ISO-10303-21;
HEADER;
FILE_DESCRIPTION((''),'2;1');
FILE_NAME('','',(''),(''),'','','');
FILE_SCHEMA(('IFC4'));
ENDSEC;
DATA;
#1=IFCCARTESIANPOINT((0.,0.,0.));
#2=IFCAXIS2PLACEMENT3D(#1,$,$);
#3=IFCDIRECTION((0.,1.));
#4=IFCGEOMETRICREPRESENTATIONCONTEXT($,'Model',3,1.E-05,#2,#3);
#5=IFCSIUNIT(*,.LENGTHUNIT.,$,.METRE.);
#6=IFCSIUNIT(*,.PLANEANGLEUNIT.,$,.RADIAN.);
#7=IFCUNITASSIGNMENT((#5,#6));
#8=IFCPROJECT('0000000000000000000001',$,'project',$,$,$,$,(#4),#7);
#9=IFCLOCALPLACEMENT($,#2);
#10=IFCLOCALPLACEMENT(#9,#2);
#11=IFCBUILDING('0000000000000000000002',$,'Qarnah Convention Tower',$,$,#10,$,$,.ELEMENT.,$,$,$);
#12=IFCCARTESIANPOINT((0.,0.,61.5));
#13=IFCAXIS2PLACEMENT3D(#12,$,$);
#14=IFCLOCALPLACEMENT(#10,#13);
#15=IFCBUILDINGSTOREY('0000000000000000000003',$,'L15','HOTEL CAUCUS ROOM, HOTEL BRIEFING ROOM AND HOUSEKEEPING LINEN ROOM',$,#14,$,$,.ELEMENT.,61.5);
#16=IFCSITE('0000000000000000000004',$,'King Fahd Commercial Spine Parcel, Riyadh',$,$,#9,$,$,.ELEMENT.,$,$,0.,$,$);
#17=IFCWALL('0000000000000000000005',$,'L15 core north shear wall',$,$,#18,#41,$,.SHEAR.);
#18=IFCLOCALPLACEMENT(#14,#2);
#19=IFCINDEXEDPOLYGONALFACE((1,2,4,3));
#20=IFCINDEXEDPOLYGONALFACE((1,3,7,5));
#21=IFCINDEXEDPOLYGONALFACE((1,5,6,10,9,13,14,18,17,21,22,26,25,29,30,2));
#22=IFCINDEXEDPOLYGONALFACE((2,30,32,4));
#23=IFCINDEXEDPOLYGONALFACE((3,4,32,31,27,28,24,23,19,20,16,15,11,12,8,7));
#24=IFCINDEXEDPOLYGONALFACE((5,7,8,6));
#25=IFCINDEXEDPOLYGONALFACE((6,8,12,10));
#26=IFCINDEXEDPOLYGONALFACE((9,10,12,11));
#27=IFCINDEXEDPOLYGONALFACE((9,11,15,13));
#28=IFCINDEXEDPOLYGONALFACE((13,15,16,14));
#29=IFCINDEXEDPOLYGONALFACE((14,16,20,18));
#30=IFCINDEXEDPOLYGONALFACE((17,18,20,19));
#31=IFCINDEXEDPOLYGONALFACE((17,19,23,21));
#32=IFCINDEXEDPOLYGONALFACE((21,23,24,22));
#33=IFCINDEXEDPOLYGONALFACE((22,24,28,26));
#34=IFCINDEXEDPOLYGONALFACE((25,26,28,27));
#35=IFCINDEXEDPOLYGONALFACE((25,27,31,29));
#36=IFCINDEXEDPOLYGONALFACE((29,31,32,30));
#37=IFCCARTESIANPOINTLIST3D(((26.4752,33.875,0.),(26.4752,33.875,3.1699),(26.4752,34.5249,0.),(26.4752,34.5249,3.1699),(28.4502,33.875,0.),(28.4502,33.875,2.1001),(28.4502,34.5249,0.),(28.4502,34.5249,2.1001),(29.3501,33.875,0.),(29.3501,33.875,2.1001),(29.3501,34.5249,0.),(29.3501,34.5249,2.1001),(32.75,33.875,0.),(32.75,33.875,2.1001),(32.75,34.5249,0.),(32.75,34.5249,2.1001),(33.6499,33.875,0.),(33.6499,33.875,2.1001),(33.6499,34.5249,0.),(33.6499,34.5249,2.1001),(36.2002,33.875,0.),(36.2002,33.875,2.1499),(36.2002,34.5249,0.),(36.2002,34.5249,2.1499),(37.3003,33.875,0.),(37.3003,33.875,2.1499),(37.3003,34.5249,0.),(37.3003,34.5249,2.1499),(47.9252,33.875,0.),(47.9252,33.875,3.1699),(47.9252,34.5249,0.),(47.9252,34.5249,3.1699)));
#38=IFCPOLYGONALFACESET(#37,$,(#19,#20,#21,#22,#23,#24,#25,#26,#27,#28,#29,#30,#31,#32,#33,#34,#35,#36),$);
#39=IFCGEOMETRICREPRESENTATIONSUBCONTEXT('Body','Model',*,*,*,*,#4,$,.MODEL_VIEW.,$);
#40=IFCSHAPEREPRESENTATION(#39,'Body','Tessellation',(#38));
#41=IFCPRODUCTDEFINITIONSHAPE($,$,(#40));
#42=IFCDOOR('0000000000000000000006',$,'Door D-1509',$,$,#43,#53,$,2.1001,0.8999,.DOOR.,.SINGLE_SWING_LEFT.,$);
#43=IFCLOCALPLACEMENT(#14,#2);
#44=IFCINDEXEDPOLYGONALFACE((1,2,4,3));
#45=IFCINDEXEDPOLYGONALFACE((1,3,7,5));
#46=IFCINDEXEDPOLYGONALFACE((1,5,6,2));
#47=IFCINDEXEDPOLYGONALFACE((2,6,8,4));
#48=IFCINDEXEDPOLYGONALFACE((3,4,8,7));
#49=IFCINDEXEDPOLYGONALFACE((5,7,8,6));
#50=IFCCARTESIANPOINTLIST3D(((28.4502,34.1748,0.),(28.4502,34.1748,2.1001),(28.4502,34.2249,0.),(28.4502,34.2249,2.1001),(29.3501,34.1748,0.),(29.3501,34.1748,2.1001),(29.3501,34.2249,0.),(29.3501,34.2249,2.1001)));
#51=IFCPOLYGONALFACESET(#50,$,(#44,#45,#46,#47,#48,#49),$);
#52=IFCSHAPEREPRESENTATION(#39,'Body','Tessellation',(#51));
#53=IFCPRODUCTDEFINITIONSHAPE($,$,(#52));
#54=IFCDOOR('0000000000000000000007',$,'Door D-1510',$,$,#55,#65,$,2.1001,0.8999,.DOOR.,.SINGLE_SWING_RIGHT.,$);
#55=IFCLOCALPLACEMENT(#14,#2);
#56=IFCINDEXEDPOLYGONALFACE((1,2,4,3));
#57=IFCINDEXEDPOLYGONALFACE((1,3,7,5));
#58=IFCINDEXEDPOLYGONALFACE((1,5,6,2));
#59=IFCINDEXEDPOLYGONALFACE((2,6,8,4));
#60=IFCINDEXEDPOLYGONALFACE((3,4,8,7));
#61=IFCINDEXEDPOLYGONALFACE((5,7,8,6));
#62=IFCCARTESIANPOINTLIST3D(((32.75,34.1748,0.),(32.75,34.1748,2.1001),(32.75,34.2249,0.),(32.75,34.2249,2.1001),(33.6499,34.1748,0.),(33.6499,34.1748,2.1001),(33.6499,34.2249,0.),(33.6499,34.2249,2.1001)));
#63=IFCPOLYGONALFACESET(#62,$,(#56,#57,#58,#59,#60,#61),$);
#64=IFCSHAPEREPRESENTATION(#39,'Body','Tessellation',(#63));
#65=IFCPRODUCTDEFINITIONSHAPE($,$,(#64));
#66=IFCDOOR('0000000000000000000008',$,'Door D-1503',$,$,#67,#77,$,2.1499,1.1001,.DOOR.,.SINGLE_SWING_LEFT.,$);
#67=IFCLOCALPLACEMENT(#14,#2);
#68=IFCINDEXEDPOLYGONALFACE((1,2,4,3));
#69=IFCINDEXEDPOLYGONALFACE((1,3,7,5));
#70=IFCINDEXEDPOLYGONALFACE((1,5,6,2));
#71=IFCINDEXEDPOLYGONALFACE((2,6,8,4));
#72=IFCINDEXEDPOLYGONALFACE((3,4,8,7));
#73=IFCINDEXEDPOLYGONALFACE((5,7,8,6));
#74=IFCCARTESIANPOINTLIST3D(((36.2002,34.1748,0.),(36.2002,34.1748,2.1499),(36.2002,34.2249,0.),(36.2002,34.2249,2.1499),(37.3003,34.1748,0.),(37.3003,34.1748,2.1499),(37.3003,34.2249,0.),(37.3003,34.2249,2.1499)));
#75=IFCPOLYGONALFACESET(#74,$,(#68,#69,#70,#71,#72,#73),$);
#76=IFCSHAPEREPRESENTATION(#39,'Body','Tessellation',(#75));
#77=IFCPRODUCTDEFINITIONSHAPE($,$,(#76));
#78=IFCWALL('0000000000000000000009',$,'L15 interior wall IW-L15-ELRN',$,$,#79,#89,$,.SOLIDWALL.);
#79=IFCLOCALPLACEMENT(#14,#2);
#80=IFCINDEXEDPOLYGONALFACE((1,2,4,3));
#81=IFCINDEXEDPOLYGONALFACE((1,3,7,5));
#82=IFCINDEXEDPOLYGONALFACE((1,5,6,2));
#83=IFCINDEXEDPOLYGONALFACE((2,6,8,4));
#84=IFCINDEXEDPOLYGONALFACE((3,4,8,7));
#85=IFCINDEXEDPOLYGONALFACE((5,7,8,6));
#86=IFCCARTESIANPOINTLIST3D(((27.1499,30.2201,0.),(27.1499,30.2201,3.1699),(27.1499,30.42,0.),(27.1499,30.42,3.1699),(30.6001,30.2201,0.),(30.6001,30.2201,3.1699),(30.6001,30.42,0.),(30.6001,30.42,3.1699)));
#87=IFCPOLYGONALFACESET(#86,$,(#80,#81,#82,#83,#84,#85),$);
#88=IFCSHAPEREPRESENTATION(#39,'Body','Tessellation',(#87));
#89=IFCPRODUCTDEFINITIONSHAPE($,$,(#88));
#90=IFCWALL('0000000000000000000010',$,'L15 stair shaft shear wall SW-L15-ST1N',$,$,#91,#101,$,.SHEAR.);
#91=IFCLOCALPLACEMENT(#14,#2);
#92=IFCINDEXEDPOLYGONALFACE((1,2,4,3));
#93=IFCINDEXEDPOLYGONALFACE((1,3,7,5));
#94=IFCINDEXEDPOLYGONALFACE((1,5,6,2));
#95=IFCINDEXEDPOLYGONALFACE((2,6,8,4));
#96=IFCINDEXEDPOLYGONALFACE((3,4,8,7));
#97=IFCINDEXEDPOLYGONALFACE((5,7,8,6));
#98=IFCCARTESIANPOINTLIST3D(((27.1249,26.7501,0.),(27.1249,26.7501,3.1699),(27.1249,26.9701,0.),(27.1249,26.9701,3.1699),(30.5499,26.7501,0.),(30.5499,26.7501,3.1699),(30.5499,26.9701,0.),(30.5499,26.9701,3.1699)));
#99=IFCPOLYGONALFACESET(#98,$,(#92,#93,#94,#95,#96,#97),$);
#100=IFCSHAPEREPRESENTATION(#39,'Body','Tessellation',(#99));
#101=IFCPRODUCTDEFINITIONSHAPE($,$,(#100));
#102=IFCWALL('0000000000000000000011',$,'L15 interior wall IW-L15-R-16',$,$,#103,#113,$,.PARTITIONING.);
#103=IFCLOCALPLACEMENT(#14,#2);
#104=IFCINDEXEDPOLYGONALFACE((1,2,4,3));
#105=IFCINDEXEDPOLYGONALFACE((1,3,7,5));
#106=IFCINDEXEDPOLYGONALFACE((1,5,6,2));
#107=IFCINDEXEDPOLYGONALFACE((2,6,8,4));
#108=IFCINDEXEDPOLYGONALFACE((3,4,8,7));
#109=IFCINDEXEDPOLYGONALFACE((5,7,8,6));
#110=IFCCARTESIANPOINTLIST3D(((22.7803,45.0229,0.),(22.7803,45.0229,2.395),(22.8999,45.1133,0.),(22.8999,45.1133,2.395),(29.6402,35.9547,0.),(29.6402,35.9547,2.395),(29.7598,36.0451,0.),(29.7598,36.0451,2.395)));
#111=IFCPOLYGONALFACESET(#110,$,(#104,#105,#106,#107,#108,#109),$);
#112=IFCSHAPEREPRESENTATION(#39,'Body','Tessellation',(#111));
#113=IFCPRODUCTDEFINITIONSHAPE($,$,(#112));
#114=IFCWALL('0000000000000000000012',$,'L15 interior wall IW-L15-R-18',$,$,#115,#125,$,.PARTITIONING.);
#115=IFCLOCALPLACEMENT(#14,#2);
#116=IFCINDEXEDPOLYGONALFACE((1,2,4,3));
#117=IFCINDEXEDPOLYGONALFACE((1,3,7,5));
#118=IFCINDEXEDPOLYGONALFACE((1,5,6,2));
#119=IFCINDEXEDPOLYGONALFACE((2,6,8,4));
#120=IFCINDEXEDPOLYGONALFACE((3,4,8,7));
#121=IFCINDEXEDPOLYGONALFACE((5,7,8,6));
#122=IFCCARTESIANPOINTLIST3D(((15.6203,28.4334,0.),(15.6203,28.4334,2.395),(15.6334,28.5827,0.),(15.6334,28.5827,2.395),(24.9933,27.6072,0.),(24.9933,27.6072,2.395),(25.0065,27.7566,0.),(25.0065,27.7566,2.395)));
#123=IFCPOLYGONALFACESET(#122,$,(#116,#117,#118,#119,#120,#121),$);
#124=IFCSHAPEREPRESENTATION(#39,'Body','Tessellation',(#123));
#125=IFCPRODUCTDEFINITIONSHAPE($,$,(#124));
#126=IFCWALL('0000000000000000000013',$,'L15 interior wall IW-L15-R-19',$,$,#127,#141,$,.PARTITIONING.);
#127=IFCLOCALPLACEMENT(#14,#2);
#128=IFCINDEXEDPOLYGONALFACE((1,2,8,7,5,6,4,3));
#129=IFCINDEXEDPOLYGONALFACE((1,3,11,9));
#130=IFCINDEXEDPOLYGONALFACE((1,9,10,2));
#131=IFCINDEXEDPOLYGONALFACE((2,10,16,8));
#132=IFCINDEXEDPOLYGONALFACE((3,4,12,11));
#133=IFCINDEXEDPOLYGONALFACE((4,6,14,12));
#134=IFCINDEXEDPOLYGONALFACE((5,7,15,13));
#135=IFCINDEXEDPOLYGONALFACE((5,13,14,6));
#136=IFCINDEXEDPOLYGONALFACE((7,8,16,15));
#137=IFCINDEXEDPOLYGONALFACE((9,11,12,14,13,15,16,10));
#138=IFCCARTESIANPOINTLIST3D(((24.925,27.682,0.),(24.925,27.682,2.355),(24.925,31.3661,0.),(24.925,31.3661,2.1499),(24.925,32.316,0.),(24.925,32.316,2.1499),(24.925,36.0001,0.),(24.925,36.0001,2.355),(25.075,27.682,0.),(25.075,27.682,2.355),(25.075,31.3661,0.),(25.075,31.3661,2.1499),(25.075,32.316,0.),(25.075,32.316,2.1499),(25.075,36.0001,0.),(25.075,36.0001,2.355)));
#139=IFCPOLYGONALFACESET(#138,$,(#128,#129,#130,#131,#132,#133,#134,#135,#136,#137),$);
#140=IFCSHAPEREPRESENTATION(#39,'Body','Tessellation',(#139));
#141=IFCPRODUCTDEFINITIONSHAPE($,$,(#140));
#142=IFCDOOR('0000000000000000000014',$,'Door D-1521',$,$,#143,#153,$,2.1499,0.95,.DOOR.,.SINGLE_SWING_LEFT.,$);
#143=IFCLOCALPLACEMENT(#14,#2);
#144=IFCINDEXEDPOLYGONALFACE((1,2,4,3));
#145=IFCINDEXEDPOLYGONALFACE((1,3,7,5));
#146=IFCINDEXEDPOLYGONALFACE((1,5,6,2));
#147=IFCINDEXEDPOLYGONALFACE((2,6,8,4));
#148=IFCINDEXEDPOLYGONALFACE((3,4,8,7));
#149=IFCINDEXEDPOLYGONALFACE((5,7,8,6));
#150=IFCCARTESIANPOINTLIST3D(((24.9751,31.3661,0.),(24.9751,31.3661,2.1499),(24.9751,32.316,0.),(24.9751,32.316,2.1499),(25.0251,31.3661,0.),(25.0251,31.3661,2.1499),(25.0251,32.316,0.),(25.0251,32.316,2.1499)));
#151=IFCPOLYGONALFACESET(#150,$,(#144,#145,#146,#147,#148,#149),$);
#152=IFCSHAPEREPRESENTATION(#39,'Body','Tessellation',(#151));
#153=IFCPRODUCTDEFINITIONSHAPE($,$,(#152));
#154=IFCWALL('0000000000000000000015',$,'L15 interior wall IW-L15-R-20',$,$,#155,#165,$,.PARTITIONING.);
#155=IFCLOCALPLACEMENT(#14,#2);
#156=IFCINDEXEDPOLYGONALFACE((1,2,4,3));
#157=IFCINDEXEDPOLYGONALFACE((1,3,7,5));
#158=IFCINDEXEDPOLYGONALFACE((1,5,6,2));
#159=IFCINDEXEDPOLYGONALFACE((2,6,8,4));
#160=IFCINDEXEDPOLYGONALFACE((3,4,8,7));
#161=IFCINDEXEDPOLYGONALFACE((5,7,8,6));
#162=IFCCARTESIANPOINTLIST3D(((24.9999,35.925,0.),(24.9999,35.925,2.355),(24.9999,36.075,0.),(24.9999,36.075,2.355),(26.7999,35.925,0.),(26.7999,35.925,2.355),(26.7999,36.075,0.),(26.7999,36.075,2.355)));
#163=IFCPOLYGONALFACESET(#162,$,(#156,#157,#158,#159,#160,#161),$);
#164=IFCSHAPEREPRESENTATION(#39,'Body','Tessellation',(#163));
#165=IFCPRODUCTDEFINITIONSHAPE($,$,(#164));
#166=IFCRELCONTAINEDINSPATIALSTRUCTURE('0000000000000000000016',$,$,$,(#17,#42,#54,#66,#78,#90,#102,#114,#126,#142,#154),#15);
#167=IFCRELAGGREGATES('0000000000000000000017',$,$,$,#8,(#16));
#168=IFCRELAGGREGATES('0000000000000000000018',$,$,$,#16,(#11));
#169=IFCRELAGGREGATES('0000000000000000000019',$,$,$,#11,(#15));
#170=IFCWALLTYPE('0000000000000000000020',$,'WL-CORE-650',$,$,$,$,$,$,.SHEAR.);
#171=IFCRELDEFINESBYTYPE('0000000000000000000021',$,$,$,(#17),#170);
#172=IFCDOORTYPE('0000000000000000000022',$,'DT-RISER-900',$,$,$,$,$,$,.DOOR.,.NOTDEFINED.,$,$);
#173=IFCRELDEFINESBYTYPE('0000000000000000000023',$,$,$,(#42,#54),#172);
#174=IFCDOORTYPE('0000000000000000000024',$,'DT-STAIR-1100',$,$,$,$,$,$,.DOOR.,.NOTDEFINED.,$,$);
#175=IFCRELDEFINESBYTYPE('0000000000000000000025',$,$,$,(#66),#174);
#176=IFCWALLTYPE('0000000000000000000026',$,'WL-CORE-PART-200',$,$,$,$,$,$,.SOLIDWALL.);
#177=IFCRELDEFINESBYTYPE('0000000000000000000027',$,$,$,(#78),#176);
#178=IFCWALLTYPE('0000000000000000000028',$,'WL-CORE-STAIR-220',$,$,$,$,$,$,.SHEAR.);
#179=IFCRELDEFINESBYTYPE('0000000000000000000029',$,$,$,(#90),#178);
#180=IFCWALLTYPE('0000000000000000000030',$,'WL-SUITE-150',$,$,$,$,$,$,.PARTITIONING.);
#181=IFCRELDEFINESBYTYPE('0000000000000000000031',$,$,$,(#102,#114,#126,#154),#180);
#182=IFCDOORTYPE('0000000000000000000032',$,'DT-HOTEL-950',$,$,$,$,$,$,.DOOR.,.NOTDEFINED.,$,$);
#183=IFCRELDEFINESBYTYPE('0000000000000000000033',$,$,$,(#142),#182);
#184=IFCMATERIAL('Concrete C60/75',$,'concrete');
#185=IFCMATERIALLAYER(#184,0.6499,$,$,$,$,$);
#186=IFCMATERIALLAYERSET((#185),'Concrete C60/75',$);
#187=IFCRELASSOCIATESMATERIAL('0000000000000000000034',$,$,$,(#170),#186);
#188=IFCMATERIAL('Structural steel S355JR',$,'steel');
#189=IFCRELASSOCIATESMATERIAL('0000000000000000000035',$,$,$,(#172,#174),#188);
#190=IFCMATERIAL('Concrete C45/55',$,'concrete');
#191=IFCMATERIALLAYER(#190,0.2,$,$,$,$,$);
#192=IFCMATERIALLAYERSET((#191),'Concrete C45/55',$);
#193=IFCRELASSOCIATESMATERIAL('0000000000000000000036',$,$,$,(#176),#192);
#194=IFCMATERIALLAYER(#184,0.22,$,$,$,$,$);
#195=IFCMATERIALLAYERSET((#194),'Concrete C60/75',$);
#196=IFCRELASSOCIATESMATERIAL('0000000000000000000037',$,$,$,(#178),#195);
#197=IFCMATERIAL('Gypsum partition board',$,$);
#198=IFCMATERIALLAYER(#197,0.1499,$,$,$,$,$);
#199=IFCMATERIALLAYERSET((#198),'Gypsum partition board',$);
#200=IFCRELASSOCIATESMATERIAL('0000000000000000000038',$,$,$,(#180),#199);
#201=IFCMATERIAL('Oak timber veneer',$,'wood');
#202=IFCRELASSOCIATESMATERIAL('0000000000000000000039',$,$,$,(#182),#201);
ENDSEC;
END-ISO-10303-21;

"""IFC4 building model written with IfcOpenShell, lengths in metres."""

from ifc_helpers import new_model, si_unit, direction, frame, frame_2d, origin, place, context, subcontext, project, spatial, rectangle, extrude, material, layer, layer_set, type_object, element, fill, save


model = new_model("IFC4")

# Units and contexts
model_context = context("Model", 3, precision=1e-05, world=origin(), true_north=direction((0.0, 1.0)))
body_context = subcontext(model_context, "Body", "Model", "MODEL_VIEW")
ifc_project = project(units=[si_unit("LENGTHUNIT", "METRE"), si_unit("PLANEANGLEUNIT", "RADIAN")], contexts=[model_context])

# Site, building, storey
site_placement = place(None, origin())
site = spatial("IfcSite", under=ifc_project, at=site_placement, Name="King Fahd Commercial Spine Parcel, Riyadh", CompositionType="ELEMENT", RefElevation=0.0)
building_placement = place(site_placement, origin())
building = spatial("IfcBuilding", under=site, at=building_placement, Name="Qarnah Convention Tower", CompositionType="ELEMENT")
storey_placement = place(building_placement, frame((0.0, 0.0, 61.5)))
storey = spatial("IfcBuildingStorey", under=building, at=storey_placement, Name="L15", Description="HOTEL CAUCUS ROOM, HOTEL BRIEFING ROOM AND HOUSEKEEPING LINEN ROOM", CompositionType="ELEMENT", Elevation=61.5)

# Shared definitions
ifc_material_1 = material(Name="Concrete C60/75", Category="concrete")

# Shared definitions
ifc_material_2 = material(Name="Structural steel S355JR", Category="steel")

# Wall, openings, doors
ifc_layer_1 = layer(ifc_material_1, 0.6499)
ifc_layer_set_1 = layer_set([ifc_layer_1], Name="Concrete C60/75")
wall_type_1 = type_object("IfcWallType", Name="WL-CORE-650", PredefinedType="SHEAR", material=ifc_layer_set_1)
wall_1_placement = place(storey_placement, frame((26.4751, 34.2, 0.0), z_axis=(0.0, 0.0, 1.0), x_axis=(1.0, 0.0, 0.0)))
wall_1 = element("IfcWall", 1, at=wall_1_placement, inside=storey, type_object=wall_type_1, Name="L15 core north shear wall", PredefinedType="SHEAR", context=body_context, shape_type="SweptSolid", body=[
    extrude(rectangle(XDim=21.45, YDim=0.6499, at=frame_2d((10.7251, 0.0))), origin(), (0.0, 0.0, 1.0), 3.1699),
])
opening_1_placement = place(wall_1_placement, frame((9.7251, 0.0, 0.0)))
opening_1 = element("IfcOpeningElement", 2, at=opening_1_placement, cuts=wall_1, PredefinedType="OPENING", context=body_context, shape_type="SweptSolid", body=[
    extrude(rectangle(XDim=1.1001, YDim=2.1499, at=frame_2d((0.55, 1.075))), frame((0.0, 0.335, 0.0), z_axis=(0.0, -1.0, 0.0), x_axis=(1.0, 0.0, 0.0)), (0.0, 0.0, 1.0), 0.6699),
])
opening_2_placement = place(wall_1_placement, frame((1.9751, 0.0, 0.0)))
opening_2 = element("IfcOpeningElement", 3, at=opening_2_placement, cuts=wall_1, PredefinedType="OPENING", context=body_context, shape_type="SweptSolid", body=[
    extrude(rectangle(XDim=0.8999, YDim=2.1001, at=frame_2d((0.45, 1.05))), frame((0.0, 0.335, 0.0), z_axis=(0.0, -1.0, 0.0), x_axis=(1.0, 0.0, 0.0)), (0.0, 0.0, 1.0), 0.6699),
])
opening_3_placement = place(wall_1_placement, frame((6.2749, 0.0, 0.0)))
opening_3 = element("IfcOpeningElement", 4, at=opening_3_placement, cuts=wall_1, PredefinedType="OPENING", context=body_context, shape_type="SweptSolid", body=[
    extrude(rectangle(XDim=0.8999, YDim=2.1001, at=frame_2d((0.45, 1.05))), frame((0.0, 0.335, 0.0), z_axis=(0.0, -1.0, 0.0), x_axis=(1.0, 0.0, 0.0)), (0.0, 0.0, 1.0), 0.6699),
])
door_type_1 = type_object("IfcDoorType", Name="DT-RISER-900", OperationType="NOTDEFINED", PredefinedType="DOOR", material=ifc_material_2)
door_1_placement = place(opening_2_placement, origin())
door_1 = element("IfcDoor", 5, at=door_1_placement, inside=storey, type_object=door_type_1, Name="Door D-1509", OperationType="SINGLE_SWING_LEFT", OverallHeight=2.1001, OverallWidth=0.8999, PredefinedType="DOOR", context=body_context, shape_type="SweptSolid", body=[
    extrude(rectangle(XDim=0.8999, YDim=2.1001, at=frame_2d((0.45, 1.05))), frame((0.0, 0.0249, 0.0), z_axis=(0.0, -1.0, 0.0), x_axis=(1.0, 0.0, 0.0)), (0.0, 0.0, 1.0), 0.05),
])
fill(opening_2, door_1)
door_2_placement = place(opening_3_placement, origin())
door_2 = element("IfcDoor", 6, at=door_2_placement, inside=storey, type_object=door_type_1, Name="Door D-1510", OperationType="SINGLE_SWING_RIGHT", OverallHeight=2.1001, OverallWidth=0.8999, PredefinedType="DOOR", context=body_context, shape_type="SweptSolid", body=[
    extrude(rectangle(XDim=0.8999, YDim=2.1001, at=frame_2d((0.45, 1.05))), frame((0.0, 0.0249, 0.0), z_axis=(0.0, -1.0, 0.0), x_axis=(1.0, 0.0, 0.0)), (0.0, 0.0, 1.0), 0.05),
])
fill(opening_3, door_2)
door_type_2 = type_object("IfcDoorType", Name="DT-STAIR-1100", OperationType="NOTDEFINED", PredefinedType="DOOR", material=ifc_material_2)
door_3_placement = place(opening_1_placement, origin())
door_3 = element("IfcDoor", 7, at=door_3_placement, inside=storey, type_object=door_type_2, Name="Door D-1503", OperationType="SINGLE_SWING_LEFT", OverallHeight=2.1499, OverallWidth=1.1001, PredefinedType="DOOR", context=body_context, shape_type="SweptSolid", body=[
    extrude(rectangle(XDim=1.1001, YDim=2.1499, at=frame_2d((0.55, 1.075))), frame((0.0, 0.0249, 0.0), z_axis=(0.0, -1.0, 0.0), x_axis=(1.0, 0.0, 0.0)), (0.0, 0.0, 1.0), 0.05),
])
fill(opening_1, door_3)

# Walls
ifc_material_3 = material(Name="Concrete C45/55", Category="concrete")
ifc_layer_2 = layer(ifc_material_3, 0.2)
ifc_layer_set_2 = layer_set([ifc_layer_2], Name="Concrete C45/55")
wall_type_2 = type_object("IfcWallType", Name="WL-CORE-PART-200", PredefinedType="SOLIDWALL", material=ifc_layer_set_2)
wall_2_placement = place(storey_placement, frame((27.1499, 30.3201, 0.0), z_axis=(0.0, 0.0, 1.0), x_axis=(1.0, 0.0, 0.0)))
element("IfcWall", 8, at=wall_2_placement, inside=storey, type_object=wall_type_2, Name="L15 interior wall IW-L15-ELRN", PredefinedType="SOLIDWALL", context=body_context, shape_type="SweptSolid", body=[
    extrude(rectangle(XDim=3.4502, YDim=0.2, at=frame_2d((1.7251, 0.0))), origin(), (0.0, 0.0, 1.0), 3.1699),
])
ifc_layer_3 = layer(ifc_material_1, 0.22)
ifc_layer_set_3 = layer_set([ifc_layer_3], Name="Concrete C60/75")
wall_type_3 = type_object("IfcWallType", Name="WL-CORE-STAIR-220", PredefinedType="SHEAR", material=ifc_layer_set_3)
wall_3_placement = place(storey_placement, frame((27.125, 26.8601, 0.0), z_axis=(0.0, 0.0, 1.0), x_axis=(1.0, 0.0, 0.0)))
element("IfcWall", 9, at=wall_3_placement, inside=storey, type_object=wall_type_3, Name="L15 stair shaft shear wall SW-L15-ST1N", PredefinedType="SHEAR", context=body_context, shape_type="SweptSolid", body=[
    extrude(rectangle(XDim=3.425, YDim=0.22, at=frame_2d((1.7124, 0.0))), origin(), (0.0, 0.0, 1.0), 3.1699),
])

# Walls
ifc_material_4 = material(Name="Gypsum partition board")
ifc_layer_4 = layer(ifc_material_4, 0.1499)
ifc_layer_set_4 = layer_set([ifc_layer_4], Name="Gypsum partition board")
wall_type_4 = type_object("IfcWallType", Name="WL-SUITE-150", PredefinedType="PARTITIONING", material=ifc_layer_set_4)
wall_4_placement = place(storey_placement, frame((22.8401, 45.0681, 0.0), z_axis=(0.0, 0.0, 1.0), x_axis=(0.603303, -0.797512, 0.0)))
element("IfcWall", 10, at=wall_4_placement, inside=storey, type_object=wall_type_4, Name="L15 interior wall IW-L15-R-16", PredefinedType="PARTITIONING", context=body_context, shape_type="SweptSolid", body=[
    extrude(rectangle(XDim=11.3706, YDim=0.1499, at=frame_2d((5.6853, 0.0))), origin(), (0.0, 0.0, 1.0), 2.395),
])
wall_5_placement = place(storey_placement, frame((15.627, 28.5081, 0.0), z_axis=(0.0, 0.0, 1.0), x_axis=(0.996138, -0.087803, 0.0)))
element("IfcWall", 11, at=wall_5_placement, inside=storey, type_object=wall_type_4, Name="L15 interior wall IW-L15-R-18", PredefinedType="PARTITIONING", context=body_context, shape_type="SweptSolid", body=[
    extrude(rectangle(XDim=9.4094, YDim=0.1499, at=frame_2d((4.7046, 0.0))), origin(), (0.0, 0.0, 1.0), 2.395),
])

# Wall, opening, door
wall_6_placement = place(storey_placement, frame((25.0, 27.6819, 0.0), z_axis=(0.0, 0.0, 1.0), x_axis=(0.0, 1.0, 0.0)))
wall_6 = element("IfcWall", 12, at=wall_6_placement, inside=storey, type_object=wall_type_4, Name="L15 interior wall IW-L15-R-19", PredefinedType="PARTITIONING", context=body_context, shape_type="SweptSolid", body=[
    extrude(rectangle(XDim=8.3181, YDim=0.1499, at=frame_2d((4.1592, 0.0))), origin(), (0.0, 0.0, 1.0), 2.355),
])
opening_4_placement = place(wall_6_placement, frame((3.6841, 0.0, 0.0)))
opening_4 = element("IfcOpeningElement", 13, at=opening_4_placement, cuts=wall_6, PredefinedType="OPENING", context=body_context, shape_type="SweptSolid", body=[
    extrude(rectangle(XDim=0.95, YDim=2.1499, at=frame_2d((0.4751, 1.075))), frame((0.0, 0.085, 0.0), z_axis=(0.0, -1.0, 0.0), x_axis=(1.0, 0.0, 0.0)), (0.0, 0.0, 1.0), 0.1699),
])
ifc_material_5 = material(Name="Oak timber veneer", Category="wood")
door_type_3 = type_object("IfcDoorType", Name="DT-HOTEL-950", OperationType="NOTDEFINED", PredefinedType="DOOR", material=ifc_material_5)
door_4_placement = place(opening_4_placement, origin())
door_4 = element("IfcDoor", 14, at=door_4_placement, inside=storey, type_object=door_type_3, Name="Door D-1521", OperationType="SINGLE_SWING_LEFT", OverallHeight=2.1499, OverallWidth=0.95, PredefinedType="DOOR", context=body_context, shape_type="SweptSolid", body=[
    extrude(rectangle(XDim=0.95, YDim=2.1499, at=frame_2d((0.4751, 1.075))), frame((0.0, 0.0249, 0.0), z_axis=(0.0, -1.0, 0.0), x_axis=(1.0, 0.0, 0.0)), (0.0, 0.0, 1.0), 0.05),
])
fill(opening_4, door_4)

# Wall
wall_7_placement = place(storey_placement, frame((25.0, 36.0, 0.0), z_axis=(0.0, 0.0, 1.0), x_axis=(1.0, 0.0, 0.0)))
element("IfcWall", 15, at=wall_7_placement, inside=storey, type_object=wall_type_4, Name="L15 interior wall IW-L15-R-20", PredefinedType="PARTITIONING", context=body_context, shape_type="SweptSolid", body=[
    extrude(rectangle(XDim=1.8, YDim=0.1499, at=frame_2d((0.8999, 0.0))), origin(), (0.0, 0.0, 1.0), 2.355),
])

save(model, "model.ifc")
